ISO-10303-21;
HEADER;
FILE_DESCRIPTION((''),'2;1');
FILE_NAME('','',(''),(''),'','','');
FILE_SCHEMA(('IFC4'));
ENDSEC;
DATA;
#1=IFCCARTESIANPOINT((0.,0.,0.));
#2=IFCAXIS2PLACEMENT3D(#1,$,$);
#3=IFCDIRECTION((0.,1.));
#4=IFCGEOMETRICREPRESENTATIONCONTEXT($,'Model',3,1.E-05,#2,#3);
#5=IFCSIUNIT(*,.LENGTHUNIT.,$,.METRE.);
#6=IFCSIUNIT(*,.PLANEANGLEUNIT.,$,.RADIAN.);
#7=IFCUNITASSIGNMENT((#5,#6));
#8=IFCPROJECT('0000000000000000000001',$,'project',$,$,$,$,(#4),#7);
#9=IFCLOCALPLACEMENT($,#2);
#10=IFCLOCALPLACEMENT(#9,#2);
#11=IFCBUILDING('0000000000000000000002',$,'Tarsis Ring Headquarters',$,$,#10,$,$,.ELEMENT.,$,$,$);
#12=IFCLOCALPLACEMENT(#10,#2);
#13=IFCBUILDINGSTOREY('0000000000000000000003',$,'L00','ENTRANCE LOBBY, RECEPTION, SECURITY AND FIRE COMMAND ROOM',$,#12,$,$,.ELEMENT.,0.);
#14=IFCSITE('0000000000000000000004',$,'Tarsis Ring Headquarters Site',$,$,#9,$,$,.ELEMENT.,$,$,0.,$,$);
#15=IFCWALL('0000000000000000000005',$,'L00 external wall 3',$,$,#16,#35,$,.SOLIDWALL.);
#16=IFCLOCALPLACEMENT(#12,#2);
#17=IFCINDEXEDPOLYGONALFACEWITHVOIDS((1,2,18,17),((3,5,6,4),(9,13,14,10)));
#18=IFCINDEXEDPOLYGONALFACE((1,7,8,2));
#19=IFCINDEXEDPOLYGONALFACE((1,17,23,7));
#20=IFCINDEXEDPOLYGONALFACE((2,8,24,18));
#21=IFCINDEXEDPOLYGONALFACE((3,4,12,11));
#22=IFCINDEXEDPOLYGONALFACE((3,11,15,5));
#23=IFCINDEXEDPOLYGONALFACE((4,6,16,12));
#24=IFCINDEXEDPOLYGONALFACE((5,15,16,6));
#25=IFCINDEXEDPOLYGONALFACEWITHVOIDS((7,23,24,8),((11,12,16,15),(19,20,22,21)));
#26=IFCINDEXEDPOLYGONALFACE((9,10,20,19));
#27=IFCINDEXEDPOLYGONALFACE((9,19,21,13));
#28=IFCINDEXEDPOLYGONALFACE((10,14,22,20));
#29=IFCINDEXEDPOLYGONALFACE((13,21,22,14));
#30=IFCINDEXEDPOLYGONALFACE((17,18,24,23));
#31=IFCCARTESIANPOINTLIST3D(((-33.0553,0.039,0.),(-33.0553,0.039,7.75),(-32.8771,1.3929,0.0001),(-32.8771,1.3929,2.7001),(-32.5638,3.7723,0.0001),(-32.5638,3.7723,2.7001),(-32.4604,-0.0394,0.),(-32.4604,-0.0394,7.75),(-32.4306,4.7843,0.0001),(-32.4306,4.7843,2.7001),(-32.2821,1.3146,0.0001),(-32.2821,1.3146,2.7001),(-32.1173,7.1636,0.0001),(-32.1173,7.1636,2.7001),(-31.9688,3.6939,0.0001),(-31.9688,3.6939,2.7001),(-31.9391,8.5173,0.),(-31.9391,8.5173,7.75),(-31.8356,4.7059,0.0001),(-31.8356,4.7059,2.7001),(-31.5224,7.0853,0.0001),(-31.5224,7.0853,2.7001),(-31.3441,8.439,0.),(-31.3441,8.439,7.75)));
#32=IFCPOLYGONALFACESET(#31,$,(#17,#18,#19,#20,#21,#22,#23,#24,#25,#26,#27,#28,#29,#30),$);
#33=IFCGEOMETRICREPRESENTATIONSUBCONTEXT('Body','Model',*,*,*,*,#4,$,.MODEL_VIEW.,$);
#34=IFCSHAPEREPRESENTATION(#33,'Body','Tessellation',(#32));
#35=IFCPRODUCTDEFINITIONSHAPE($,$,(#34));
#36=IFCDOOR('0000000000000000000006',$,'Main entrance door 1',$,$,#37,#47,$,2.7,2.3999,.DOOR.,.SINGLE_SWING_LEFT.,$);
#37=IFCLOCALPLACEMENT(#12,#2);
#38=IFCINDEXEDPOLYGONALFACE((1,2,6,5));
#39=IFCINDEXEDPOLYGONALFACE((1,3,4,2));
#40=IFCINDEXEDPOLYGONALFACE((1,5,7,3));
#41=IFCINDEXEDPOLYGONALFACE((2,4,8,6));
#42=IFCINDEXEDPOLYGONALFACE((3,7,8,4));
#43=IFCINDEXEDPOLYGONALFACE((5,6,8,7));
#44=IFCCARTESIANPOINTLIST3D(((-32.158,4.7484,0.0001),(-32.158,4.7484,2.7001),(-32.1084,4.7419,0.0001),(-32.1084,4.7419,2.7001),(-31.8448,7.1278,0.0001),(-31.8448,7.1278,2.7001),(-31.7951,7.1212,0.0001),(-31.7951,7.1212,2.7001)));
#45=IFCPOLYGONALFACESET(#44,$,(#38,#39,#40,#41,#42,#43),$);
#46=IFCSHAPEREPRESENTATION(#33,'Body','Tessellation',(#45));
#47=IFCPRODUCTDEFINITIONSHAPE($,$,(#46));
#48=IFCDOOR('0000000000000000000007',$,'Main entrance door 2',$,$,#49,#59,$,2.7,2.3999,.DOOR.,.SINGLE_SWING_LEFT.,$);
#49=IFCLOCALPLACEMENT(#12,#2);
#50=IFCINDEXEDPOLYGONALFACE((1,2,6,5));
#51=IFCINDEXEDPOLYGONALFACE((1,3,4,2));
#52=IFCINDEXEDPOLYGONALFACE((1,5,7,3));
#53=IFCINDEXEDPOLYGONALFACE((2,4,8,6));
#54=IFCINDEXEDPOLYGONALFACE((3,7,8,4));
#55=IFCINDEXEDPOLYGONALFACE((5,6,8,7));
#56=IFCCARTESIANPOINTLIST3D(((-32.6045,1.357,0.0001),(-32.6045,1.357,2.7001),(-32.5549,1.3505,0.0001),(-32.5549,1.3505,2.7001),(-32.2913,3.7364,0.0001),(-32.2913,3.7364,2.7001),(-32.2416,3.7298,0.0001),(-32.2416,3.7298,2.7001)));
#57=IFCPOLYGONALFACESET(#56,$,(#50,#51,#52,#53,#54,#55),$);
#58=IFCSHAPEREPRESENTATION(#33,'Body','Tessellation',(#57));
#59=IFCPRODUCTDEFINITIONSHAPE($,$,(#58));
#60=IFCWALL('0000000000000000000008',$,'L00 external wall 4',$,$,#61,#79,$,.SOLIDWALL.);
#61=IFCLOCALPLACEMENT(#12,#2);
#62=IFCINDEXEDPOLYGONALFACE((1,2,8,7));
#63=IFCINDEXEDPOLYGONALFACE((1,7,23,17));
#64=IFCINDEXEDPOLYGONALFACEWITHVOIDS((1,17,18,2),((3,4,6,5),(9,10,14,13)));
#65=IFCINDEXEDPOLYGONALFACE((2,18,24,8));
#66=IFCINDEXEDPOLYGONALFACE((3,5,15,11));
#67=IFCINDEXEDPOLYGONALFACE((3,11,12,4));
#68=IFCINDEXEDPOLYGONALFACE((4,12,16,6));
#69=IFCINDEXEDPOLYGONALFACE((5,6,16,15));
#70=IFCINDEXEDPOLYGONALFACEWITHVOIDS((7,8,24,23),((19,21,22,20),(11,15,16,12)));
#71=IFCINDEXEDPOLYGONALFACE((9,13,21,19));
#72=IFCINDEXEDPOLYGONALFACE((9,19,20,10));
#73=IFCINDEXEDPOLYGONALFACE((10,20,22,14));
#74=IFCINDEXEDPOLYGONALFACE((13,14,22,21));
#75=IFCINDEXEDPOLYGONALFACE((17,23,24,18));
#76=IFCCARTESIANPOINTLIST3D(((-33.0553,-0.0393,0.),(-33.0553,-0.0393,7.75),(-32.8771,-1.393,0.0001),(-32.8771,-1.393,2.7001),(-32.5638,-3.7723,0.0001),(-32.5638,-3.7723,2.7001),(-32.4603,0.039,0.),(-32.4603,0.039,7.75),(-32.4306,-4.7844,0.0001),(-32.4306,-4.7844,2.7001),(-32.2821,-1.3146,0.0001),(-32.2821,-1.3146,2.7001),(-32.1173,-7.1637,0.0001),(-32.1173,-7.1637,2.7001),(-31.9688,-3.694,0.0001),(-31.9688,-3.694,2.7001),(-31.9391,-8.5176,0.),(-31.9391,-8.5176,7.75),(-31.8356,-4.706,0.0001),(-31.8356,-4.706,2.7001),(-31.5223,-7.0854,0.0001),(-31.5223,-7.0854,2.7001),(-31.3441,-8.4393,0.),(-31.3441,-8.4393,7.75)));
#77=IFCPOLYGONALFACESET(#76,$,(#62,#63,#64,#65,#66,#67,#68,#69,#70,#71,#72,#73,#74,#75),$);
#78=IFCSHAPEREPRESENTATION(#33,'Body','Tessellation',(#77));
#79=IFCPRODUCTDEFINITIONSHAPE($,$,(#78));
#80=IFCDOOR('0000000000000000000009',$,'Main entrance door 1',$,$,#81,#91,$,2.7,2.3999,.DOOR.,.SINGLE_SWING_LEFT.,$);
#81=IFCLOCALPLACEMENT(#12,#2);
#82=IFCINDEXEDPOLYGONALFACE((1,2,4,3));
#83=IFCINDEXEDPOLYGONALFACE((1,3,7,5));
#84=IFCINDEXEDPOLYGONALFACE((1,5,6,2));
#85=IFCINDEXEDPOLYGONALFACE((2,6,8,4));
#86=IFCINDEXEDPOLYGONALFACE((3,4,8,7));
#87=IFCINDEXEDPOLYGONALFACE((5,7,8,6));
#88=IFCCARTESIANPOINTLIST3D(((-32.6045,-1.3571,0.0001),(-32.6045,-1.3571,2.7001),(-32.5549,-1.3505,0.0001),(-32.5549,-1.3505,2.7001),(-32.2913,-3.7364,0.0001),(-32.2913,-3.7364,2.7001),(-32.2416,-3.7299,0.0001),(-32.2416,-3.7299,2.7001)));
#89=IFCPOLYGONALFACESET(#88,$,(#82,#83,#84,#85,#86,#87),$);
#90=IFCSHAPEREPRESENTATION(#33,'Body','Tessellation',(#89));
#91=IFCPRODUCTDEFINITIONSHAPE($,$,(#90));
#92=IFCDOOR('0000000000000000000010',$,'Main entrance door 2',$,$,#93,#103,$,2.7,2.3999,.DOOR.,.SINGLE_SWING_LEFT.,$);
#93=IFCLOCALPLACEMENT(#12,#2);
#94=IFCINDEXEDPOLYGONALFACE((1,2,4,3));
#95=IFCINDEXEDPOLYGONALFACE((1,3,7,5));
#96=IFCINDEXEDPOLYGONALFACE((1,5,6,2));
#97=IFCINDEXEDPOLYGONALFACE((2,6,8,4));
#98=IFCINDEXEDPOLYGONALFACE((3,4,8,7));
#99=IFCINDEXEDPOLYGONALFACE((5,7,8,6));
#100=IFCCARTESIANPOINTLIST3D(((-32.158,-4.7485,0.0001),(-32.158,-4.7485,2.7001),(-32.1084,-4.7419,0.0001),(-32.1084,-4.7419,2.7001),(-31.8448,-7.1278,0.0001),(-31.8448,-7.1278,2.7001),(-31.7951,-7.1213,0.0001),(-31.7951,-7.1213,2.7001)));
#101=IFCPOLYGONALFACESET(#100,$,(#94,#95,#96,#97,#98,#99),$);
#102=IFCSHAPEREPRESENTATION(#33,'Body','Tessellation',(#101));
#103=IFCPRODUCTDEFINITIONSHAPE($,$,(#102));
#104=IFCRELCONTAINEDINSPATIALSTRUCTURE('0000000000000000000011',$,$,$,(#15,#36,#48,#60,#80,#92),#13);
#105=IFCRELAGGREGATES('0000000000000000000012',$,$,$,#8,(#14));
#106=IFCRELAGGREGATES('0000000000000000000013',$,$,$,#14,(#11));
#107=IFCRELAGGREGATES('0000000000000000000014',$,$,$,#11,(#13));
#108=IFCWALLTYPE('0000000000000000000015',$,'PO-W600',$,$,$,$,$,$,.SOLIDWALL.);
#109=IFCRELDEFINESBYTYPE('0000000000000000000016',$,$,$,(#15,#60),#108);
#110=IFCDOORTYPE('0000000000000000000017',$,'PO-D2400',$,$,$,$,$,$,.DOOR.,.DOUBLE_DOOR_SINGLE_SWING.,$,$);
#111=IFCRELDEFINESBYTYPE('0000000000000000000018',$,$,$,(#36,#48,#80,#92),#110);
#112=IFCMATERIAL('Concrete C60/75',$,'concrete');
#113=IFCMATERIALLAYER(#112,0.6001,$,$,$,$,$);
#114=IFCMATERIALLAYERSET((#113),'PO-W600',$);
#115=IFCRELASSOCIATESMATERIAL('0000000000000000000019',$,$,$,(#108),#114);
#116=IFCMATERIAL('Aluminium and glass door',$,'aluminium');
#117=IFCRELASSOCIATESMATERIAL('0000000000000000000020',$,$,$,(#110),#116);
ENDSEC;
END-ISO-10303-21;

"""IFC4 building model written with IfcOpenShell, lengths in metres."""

from ifc_helpers import new_model, si_unit, direction, frame, frame_2d, origin, place, context, subcontext, project, spatial, rectangle, extrude, material, layer, layer_set, type_object, element, fill, save


model = new_model("IFC4")

# Units and contexts
model_context = context("Model", 3, precision=1e-05, world=origin(), true_north=direction((0.0, 1.0)))
body_context = subcontext(model_context, "Body", "Model", "MODEL_VIEW")
ifc_project = project(units=[si_unit("LENGTHUNIT", "METRE"), si_unit("PLANEANGLEUNIT", "RADIAN")], contexts=[model_context])

# Site, building, storey
site_placement = place(None, origin())
site = spatial("IfcSite", under=ifc_project, at=site_placement, Name="Tarsis Ring Headquarters Site", CompositionType="ELEMENT", RefElevation=0.0)
building_placement = place(site_placement, origin())
building = spatial("IfcBuilding", under=site, at=building_placement, Name="Tarsis Ring Headquarters", CompositionType="ELEMENT")
storey_placement = place(building_placement, origin())
storey = spatial("IfcBuildingStorey", under=building, at=storey_placement, Name="L00", Description="ENTRANCE LOBBY, RECEPTION, SECURITY AND FIRE COMMAND ROOM", CompositionType="ELEMENT", Elevation=0.0)

# Shared definitions
ifc_material_1 = material(Name="Concrete C60/75", Category="concrete")
ifc_layer_1 = layer(ifc_material_1, 0.6001)
ifc_layer_set_1 = layer_set([ifc_layer_1], Name="PO-W600")
wall_type_1 = type_object("IfcWallType", Name="PO-W600", PredefinedType="SOLIDWALL", material=ifc_layer_set_1)

# Walls, openings, doors
wall_1_placement = place(storey_placement, frame((-31.6416, 8.4783, 0.0), z_axis=(0.0, 0.0, 1.0), x_axis=(-0.130529, -0.991444, 0.0)))
wall_1 = element("IfcWall", 1, at=wall_1_placement, inside=storey, type_object=wall_type_1, Name="L00 external wall 3", PredefinedType="SOLIDWALL", context=body_context, shape_type="SweptSolid", body=[
    extrude(rectangle(XDim=8.5515, YDim=0.6001, at=frame_2d((4.2759, 0.0))), origin(), (0.0, 0.0, 1.0), 7.75),
])
opening_1_placement = place(wall_1_placement, frame((1.3655, 0.0, 0.0)))
opening_1 = element("IfcOpeningElement", 2, at=opening_1_placement, cuts=wall_1, PredefinedType="OPENING", context=body_context, shape_type="SweptSolid", body=[
    extrude(rectangle(XDim=2.3999, YDim=2.7, at=frame_2d((1.2, 1.3501))), frame((0.0, 0.3101, 0.0), z_axis=(0.0, -1.0, 0.0), x_axis=(1.0, 0.0, 0.0)), (0.0, 0.0, 1.0), 0.6201),
])
opening_2_placement = place(wall_1_placement, frame((4.7861, 0.0, 0.0)))
opening_2 = element("IfcOpeningElement", 3, at=opening_2_placement, cuts=wall_1, PredefinedType="OPENING", context=body_context, shape_type="SweptSolid", body=[
    extrude(rectangle(XDim=2.3999, YDim=2.7, at=frame_2d((1.2, 1.3501))), frame((0.0, 0.3101, 0.0), z_axis=(0.0, -1.0, 0.0), x_axis=(1.0, 0.0, 0.0)), (0.0, 0.0, 1.0), 0.6201),
])
ifc_material_2 = material(Name="Aluminium and glass door", Category="aluminium")
door_type_1 = type_object("IfcDoorType", Name="PO-D2400", OperationType="DOUBLE_DOOR_SINGLE_SWING", PredefinedType="DOOR", material=ifc_material_2)
door_1_placement = place(opening_1_placement, origin())
door_1 = element("IfcDoor", 4, at=door_1_placement, inside=storey, type_object=door_type_1, Name="Main entrance door 1", OperationType="SINGLE_SWING_LEFT", OverallHeight=2.7, OverallWidth=2.3999, PredefinedType="DOOR", context=body_context, shape_type="SweptSolid", body=[
    extrude(rectangle(XDim=2.3999, YDim=2.7, at=frame_2d((1.2, 1.3501))), frame((0.0, 0.0249, 0.0), z_axis=(0.0, -1.0, 0.0), x_axis=(1.0, 0.0, 0.0)), (0.0, 0.0, 1.0), 0.05),
])
fill(opening_1, door_1)
door_2_placement = place(opening_2_placement, origin())
door_2 = element("IfcDoor", 5, at=door_2_placement, inside=storey, type_object=door_type_1, Name="Main entrance door 2", OperationType="SINGLE_SWING_LEFT", OverallHeight=2.7, OverallWidth=2.3999, PredefinedType="DOOR", context=body_context, shape_type="SweptSolid", body=[
    extrude(rectangle(XDim=2.3999, YDim=2.7, at=frame_2d((1.2, 1.3501))), frame((0.0, 0.0249, 0.0), z_axis=(0.0, -1.0, 0.0), x_axis=(1.0, 0.0, 0.0)), (0.0, 0.0, 1.0), 0.05),
])
fill(opening_2, door_2)
wall_2_placement = place(storey_placement, frame((-32.7578, 0.0, 0.0), z_axis=(0.0, 0.0, 1.0), x_axis=(0.130529, -0.991444, 0.0)))
wall_2 = element("IfcWall", 6, at=wall_2_placement, inside=storey, type_object=wall_type_1, Name="L00 external wall 4", PredefinedType="SOLIDWALL", context=body_context, shape_type="SweptSolid", body=[
    extrude(rectangle(XDim=8.5515, YDim=0.6001, at=frame_2d((4.2759, 0.0))), origin(), (0.0, 0.0, 1.0), 7.75),
])
opening_3_placement = place(wall_2_placement, frame((1.3655, 0.0, 0.0)))
opening_3 = element("IfcOpeningElement", 7, at=opening_3_placement, cuts=wall_2, PredefinedType="OPENING", context=body_context, shape_type="SweptSolid", body=[
    extrude(rectangle(XDim=2.3999, YDim=2.7, at=frame_2d((1.2, 1.3501))), frame((0.0, 0.3101, 0.0), z_axis=(0.0, -1.0, 0.0), x_axis=(1.0, 0.0, 0.0)), (0.0, 0.0, 1.0), 0.6201),
])
opening_4_placement = place(wall_2_placement, frame((4.7861, 0.0, 0.0)))
opening_4 = element("IfcOpeningElement", 8, at=opening_4_placement, cuts=wall_2, PredefinedType="OPENING", context=body_context, shape_type="SweptSolid", body=[
    extrude(rectangle(XDim=2.3999, YDim=2.7, at=frame_2d((1.2, 1.3501))), frame((0.0, 0.3101, 0.0), z_axis=(0.0, -1.0, 0.0), x_axis=(1.0, 0.0, 0.0)), (0.0, 0.0, 1.0), 0.6201),
])
door_3_placement = place(opening_3_placement, origin())
door_3 = element("IfcDoor", 9, at=door_3_placement, inside=storey, type_object=door_type_1, Name="Main entrance door 1", OperationType="SINGLE_SWING_LEFT", OverallHeight=2.7, OverallWidth=2.3999, PredefinedType="DOOR", context=body_context, shape_type="SweptSolid", body=[
    extrude(rectangle(XDim=2.3999, YDim=2.7, at=frame_2d((1.2, 1.3501))), frame((0.0, 0.0249, 0.0), z_axis=(0.0, -1.0, 0.0), x_axis=(1.0, 0.0, 0.0)), (0.0, 0.0, 1.0), 0.05),
])
fill(opening_3, door_3)
door_4_placement = place(opening_4_placement, origin())
door_4 = element("IfcDoor", 10, at=door_4_placement, inside=storey, type_object=door_type_1, Name="Main entrance door 2", OperationType="SINGLE_SWING_LEFT", OverallHeight=2.7, OverallWidth=2.3999, PredefinedType="DOOR", context=body_context, shape_type="SweptSolid", body=[
    extrude(rectangle(XDim=2.3999, YDim=2.7, at=frame_2d((1.2, 1.3501))), frame((0.0, 0.0249, 0.0), z_axis=(0.0, -1.0, 0.0), x_axis=(1.0, 0.0, 0.0)), (0.0, 0.0, 1.0), 0.05),
])
fill(opening_4, door_4)

save(model, "model.ifc")
